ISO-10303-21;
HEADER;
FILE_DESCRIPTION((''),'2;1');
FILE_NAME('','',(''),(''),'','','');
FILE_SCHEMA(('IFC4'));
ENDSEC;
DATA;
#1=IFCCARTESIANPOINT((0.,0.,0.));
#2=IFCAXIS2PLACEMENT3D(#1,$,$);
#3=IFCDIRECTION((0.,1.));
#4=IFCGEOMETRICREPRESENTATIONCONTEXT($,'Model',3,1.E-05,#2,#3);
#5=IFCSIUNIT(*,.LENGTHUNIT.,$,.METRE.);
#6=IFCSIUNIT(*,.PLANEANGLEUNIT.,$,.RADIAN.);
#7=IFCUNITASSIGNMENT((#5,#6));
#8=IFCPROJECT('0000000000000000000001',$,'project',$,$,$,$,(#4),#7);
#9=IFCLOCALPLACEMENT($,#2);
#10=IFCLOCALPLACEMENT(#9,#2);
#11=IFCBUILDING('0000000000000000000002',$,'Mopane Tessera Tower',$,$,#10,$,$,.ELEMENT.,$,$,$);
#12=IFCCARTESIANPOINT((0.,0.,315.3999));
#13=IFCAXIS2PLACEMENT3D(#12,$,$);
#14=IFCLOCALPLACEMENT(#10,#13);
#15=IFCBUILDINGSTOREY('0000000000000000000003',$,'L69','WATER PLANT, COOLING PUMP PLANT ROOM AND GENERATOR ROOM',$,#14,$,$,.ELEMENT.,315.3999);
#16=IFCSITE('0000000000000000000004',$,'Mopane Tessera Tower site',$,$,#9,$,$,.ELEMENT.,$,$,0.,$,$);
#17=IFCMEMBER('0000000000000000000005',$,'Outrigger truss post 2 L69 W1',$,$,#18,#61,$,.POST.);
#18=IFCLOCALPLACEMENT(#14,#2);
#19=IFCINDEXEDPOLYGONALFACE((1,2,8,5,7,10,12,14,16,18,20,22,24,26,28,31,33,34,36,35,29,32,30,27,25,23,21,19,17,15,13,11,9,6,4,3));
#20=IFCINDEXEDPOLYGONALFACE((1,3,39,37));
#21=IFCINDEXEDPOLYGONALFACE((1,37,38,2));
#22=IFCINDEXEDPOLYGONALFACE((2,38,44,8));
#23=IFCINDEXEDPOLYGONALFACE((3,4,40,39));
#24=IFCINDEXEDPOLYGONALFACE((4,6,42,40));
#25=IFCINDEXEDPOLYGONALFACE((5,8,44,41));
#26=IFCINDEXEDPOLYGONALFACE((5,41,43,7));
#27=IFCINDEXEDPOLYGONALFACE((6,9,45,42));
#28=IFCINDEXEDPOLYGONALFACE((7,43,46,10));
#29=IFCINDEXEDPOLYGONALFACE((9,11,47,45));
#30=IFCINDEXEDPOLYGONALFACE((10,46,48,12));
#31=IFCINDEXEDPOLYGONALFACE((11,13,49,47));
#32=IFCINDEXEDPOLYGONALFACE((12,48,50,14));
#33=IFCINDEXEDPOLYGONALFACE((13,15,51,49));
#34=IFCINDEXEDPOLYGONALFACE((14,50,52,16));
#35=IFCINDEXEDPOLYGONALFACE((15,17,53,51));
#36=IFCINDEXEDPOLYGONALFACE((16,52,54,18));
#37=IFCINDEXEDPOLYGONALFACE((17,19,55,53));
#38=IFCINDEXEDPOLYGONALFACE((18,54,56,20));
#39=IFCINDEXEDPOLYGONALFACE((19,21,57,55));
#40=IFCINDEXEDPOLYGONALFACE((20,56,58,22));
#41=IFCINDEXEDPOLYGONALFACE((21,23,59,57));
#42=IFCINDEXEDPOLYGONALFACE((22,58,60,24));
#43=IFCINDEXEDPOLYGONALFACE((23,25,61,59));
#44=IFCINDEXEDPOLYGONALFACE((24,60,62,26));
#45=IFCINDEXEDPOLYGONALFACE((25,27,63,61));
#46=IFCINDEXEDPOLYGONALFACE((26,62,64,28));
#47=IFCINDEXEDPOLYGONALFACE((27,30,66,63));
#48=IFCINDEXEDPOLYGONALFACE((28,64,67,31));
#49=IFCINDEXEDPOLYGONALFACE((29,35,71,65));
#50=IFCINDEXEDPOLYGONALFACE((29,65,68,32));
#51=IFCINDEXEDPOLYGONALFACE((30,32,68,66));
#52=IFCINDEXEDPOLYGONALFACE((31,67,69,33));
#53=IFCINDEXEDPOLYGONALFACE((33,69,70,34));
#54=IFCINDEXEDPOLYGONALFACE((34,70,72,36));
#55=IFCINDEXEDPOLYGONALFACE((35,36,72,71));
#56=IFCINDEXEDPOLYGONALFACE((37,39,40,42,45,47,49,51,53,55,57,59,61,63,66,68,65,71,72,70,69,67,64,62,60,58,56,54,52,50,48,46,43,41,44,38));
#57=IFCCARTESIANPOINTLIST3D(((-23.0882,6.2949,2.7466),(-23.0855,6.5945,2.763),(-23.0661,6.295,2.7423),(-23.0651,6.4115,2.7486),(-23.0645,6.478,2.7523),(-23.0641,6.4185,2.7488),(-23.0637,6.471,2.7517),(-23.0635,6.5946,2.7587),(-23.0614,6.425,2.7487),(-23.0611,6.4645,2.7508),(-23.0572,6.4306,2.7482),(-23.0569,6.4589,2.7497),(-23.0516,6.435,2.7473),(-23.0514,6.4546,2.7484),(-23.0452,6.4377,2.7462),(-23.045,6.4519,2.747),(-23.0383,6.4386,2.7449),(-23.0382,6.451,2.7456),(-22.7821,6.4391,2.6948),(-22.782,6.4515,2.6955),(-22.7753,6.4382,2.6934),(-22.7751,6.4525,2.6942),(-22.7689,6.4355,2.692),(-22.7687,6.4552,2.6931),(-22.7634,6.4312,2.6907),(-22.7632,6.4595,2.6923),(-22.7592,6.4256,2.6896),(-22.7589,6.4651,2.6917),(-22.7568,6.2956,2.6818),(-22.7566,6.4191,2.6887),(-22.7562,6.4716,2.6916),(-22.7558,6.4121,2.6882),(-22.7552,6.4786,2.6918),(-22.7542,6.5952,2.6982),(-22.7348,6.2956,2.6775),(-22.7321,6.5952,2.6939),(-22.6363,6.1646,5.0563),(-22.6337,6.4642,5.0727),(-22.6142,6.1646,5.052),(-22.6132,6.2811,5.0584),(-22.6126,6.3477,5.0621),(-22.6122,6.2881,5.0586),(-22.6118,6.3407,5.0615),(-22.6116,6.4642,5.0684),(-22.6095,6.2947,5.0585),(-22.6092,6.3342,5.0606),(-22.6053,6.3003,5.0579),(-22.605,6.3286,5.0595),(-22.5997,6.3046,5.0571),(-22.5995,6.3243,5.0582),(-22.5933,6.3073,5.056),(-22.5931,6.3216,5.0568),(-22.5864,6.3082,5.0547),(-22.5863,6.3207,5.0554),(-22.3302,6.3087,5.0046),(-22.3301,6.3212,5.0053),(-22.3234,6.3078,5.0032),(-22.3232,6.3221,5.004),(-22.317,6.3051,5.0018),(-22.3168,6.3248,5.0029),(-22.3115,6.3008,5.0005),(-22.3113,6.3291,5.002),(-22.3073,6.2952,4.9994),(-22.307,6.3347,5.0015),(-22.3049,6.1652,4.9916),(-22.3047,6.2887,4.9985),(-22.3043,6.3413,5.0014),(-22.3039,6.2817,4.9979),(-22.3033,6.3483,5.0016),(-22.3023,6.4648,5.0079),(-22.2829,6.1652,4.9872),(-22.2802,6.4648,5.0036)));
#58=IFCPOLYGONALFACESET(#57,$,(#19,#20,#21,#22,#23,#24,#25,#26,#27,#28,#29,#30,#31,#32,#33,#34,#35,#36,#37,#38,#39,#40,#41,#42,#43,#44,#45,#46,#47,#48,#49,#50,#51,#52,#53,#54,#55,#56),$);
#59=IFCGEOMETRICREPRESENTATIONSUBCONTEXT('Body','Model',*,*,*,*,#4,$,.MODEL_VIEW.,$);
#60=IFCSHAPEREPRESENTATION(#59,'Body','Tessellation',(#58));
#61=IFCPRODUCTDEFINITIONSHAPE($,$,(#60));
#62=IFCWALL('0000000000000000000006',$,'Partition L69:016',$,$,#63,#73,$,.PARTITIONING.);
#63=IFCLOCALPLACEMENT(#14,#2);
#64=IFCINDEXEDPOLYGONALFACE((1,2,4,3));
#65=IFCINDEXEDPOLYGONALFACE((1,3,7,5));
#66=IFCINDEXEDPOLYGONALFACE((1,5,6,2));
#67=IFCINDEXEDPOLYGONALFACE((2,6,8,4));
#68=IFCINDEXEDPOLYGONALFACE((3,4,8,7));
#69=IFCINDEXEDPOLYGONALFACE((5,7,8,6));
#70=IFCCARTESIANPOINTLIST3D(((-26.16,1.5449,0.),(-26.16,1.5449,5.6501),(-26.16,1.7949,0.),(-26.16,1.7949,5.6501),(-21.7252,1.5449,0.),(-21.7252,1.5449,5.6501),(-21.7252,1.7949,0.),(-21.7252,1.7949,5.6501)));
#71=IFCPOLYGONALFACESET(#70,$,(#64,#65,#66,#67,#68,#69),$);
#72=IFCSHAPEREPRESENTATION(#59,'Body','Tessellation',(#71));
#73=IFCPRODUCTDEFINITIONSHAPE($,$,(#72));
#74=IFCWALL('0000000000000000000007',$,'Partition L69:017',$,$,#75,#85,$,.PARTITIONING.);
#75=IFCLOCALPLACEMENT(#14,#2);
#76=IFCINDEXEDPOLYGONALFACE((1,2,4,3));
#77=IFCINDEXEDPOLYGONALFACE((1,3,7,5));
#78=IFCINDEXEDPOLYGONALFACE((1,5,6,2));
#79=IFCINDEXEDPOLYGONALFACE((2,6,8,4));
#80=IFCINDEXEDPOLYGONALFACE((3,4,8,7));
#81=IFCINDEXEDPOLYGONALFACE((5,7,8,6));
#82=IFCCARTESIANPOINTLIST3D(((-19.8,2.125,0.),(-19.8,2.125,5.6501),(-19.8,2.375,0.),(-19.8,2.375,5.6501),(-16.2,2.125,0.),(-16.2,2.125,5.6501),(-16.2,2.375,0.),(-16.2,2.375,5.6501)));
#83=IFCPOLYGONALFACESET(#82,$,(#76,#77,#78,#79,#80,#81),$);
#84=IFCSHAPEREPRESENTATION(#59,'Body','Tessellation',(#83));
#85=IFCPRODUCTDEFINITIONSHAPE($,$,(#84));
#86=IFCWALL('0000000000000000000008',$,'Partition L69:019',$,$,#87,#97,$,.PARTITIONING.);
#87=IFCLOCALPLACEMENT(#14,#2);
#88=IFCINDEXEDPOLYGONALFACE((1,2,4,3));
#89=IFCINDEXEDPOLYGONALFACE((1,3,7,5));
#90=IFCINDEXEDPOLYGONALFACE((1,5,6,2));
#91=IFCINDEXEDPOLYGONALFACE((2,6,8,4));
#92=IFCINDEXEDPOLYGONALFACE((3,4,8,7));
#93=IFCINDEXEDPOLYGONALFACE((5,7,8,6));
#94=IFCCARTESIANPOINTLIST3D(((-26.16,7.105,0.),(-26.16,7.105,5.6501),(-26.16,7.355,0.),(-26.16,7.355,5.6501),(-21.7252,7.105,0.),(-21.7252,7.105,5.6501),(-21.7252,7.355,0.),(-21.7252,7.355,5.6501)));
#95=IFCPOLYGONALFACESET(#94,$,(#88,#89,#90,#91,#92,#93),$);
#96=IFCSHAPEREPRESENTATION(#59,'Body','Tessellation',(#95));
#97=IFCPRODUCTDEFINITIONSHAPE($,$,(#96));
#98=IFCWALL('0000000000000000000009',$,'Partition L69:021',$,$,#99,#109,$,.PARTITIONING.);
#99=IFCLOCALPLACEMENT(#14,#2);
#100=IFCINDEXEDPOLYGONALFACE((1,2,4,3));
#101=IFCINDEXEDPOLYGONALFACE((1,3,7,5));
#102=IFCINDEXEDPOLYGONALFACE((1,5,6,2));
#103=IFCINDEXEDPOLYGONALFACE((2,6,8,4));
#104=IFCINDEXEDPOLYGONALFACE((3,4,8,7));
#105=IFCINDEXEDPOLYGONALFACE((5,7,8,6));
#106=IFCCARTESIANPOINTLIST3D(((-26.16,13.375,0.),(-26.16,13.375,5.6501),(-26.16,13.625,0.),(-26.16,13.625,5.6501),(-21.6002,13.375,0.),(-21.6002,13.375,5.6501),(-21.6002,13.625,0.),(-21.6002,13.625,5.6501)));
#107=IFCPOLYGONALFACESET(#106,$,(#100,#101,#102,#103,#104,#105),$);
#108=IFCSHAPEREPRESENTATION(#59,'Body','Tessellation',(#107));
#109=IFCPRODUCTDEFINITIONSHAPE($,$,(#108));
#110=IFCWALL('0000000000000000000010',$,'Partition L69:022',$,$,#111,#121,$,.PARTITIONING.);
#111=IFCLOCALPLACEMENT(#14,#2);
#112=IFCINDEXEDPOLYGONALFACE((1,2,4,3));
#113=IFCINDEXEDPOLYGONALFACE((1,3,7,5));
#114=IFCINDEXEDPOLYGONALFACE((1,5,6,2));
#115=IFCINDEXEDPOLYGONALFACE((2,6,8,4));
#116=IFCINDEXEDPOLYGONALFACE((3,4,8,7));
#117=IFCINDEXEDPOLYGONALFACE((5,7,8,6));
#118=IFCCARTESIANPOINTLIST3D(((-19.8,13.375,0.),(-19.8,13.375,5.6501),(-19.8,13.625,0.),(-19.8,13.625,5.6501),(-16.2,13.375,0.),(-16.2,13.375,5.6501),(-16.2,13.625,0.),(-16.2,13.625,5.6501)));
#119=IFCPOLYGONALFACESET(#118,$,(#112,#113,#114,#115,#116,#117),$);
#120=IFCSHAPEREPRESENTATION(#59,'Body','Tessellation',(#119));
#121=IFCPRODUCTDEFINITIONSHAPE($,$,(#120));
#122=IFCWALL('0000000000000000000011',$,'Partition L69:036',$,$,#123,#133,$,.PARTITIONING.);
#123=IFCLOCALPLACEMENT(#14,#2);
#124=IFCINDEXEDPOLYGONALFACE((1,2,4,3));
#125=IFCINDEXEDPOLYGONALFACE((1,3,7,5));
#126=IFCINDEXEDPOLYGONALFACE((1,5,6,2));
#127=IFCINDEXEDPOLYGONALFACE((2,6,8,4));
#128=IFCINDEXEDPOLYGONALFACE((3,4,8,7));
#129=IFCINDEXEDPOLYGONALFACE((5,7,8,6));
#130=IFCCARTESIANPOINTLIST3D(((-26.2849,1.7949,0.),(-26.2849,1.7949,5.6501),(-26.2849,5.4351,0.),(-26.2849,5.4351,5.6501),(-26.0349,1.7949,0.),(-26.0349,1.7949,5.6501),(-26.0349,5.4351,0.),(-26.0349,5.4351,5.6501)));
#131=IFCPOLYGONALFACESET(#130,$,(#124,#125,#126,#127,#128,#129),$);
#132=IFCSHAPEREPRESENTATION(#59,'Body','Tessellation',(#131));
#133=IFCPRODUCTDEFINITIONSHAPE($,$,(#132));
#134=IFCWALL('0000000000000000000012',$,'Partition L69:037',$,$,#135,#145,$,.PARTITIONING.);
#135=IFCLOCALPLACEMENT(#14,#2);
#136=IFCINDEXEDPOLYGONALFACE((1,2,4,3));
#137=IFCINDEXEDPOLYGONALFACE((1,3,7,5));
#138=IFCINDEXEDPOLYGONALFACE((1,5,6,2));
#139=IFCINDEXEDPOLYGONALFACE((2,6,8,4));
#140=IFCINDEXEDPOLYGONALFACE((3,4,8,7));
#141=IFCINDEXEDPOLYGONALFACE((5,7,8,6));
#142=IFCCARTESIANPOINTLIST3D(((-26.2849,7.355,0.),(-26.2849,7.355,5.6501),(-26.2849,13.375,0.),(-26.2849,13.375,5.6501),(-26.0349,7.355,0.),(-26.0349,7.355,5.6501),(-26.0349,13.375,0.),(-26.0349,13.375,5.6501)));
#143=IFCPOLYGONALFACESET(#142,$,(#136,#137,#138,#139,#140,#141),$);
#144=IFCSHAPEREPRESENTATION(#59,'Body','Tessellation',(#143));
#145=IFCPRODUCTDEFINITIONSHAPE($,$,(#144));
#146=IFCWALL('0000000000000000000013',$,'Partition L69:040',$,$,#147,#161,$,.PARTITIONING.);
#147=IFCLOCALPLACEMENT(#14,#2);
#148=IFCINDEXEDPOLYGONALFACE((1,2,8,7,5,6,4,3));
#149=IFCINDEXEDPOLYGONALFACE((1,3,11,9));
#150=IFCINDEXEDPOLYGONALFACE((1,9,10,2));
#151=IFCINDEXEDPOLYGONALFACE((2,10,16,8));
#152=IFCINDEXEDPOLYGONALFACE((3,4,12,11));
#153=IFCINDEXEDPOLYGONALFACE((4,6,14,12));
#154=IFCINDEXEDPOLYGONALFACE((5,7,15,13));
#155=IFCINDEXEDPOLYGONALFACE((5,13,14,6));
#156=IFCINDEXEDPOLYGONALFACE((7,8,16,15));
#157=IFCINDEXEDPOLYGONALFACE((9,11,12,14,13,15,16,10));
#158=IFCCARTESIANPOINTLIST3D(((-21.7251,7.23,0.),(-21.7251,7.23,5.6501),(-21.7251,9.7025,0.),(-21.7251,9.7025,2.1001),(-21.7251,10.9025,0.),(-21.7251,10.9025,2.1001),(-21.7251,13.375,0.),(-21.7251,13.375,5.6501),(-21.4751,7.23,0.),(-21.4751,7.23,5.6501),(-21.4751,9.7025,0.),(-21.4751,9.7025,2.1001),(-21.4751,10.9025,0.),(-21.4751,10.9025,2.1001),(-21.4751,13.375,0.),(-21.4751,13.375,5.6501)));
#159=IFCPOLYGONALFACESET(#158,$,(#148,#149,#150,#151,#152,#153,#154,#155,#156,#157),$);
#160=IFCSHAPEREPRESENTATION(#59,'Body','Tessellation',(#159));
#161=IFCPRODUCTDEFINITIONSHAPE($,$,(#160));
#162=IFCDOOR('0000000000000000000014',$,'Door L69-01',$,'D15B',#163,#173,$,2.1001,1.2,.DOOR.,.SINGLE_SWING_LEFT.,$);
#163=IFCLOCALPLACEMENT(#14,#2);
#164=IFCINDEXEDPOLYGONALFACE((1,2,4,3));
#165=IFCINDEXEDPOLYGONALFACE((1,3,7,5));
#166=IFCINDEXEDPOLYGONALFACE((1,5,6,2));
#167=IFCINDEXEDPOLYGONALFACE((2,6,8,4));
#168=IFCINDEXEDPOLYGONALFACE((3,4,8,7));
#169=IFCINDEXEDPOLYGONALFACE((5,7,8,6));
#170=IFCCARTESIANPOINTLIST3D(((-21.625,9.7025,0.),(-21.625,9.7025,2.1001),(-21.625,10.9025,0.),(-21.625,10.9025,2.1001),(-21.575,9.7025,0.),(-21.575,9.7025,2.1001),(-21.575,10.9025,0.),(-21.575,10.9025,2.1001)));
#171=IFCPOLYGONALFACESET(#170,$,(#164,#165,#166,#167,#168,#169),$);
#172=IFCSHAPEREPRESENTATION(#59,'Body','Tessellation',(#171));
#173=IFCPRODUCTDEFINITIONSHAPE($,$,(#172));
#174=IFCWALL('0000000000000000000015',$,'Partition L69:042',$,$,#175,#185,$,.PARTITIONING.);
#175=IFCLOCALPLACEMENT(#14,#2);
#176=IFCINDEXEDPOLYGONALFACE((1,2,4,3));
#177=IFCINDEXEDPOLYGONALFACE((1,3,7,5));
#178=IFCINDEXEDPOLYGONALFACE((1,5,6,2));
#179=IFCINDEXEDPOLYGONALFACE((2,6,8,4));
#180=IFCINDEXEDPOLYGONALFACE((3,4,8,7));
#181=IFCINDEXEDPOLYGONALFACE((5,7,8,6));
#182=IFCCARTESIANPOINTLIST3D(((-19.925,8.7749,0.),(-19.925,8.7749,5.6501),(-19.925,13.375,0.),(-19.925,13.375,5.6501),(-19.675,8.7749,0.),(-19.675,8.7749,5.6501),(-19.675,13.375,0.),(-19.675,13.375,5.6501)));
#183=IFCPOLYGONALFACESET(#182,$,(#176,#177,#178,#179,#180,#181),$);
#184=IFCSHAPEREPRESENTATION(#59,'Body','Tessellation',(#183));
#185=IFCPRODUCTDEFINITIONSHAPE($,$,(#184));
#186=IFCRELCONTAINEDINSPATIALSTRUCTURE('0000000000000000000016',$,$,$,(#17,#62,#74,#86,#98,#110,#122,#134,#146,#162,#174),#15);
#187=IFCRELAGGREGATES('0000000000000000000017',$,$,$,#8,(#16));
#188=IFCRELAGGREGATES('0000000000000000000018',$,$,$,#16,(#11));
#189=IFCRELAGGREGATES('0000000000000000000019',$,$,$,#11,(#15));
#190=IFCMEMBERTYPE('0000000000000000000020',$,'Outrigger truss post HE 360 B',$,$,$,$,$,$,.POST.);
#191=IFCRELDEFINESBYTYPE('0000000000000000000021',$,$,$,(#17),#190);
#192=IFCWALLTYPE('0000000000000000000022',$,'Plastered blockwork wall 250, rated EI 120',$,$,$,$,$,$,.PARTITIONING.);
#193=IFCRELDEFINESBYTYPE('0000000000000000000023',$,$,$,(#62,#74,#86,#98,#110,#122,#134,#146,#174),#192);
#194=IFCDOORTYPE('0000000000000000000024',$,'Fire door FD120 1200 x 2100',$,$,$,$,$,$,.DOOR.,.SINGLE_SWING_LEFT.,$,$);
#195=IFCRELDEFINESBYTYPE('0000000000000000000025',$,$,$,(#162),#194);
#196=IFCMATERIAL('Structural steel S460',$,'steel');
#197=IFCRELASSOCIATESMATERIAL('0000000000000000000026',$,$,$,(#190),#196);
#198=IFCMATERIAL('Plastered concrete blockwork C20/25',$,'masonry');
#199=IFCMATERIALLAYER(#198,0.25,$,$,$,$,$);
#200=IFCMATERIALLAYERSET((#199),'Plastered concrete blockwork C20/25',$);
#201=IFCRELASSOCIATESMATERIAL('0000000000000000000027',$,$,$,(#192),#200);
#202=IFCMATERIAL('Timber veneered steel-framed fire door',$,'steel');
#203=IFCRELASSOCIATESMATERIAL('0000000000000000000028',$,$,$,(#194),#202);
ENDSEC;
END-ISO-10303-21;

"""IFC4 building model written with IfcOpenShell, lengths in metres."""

from ifc_helpers import new_model, si_unit, direction, frame, frame_2d, origin, origin_2d, place, context, subcontext, project, spatial, rectangle, i_section, extrude, material, layer, layer_set, material_profile, profile_set, type_object, element, fill, save


model = new_model("IFC4")

# Units and contexts
model_context = context("Model", 3, precision=1e-05, world=origin(), true_north=direction((0.0, 1.0)))
body_context = subcontext(model_context, "Body", "Model", "MODEL_VIEW")
ifc_project = project(units=[si_unit("LENGTHUNIT", "METRE"), si_unit("PLANEANGLEUNIT", "RADIAN")], contexts=[model_context])

# Site, building, storey
site_placement = place(None, origin())
site = spatial("IfcSite", under=ifc_project, at=site_placement, Name="Mopane Tessera Tower site", CompositionType="ELEMENT", RefElevation=0.0)
building_placement = place(site_placement, origin())
building = spatial("IfcBuilding", under=site, at=building_placement, Name="Mopane Tessera Tower", CompositionType="ELEMENT")
storey_placement = place(building_placement, frame((0.0, 0.0, 315.3999)))
storey = spatial("IfcBuildingStorey", under=building, at=storey_placement, Name="L69", Description="WATER PLANT, COOLING PUMP PLANT ROOM AND GENERATOR ROOM", CompositionType="ELEMENT", Elevation=315.3999)

# Member
ifc_material_1 = material(Name="Structural steel S460", Category="steel")
ifc_material_profile_1 = material_profile(ifc_material_1, i_section(OverallWidth=0.3, OverallDepth=0.3601, WebThickness=0.0125, FlangeThickness=0.0225, FilletRadius=0.0271, at=origin_2d()))
ifc_profile_set_1 = profile_set([ifc_material_profile_1], Name="Structural steel S460")
member_type_1 = type_object("IfcMemberType", Name="Outrigger truss post HE 360 B", PredefinedType="POST", material=ifc_profile_set_1)
member_1_placement = place(storey_placement, frame((-22.9102, 6.4451, 2.7202), z_axis=(0.191711, -0.055307, 0.979892), x_axis=(-0.008757, -0.998468, -0.054642)))
element("IfcMember", 1, at=member_1_placement, inside=storey, type_object=member_type_1, Name="Outrigger truss post 2 L69 W1", PredefinedType="POST", context=body_context, shape_type="SweptSolid", body=[
    extrude(i_section(OverallWidth=0.3, OverallDepth=0.3601, WebThickness=0.0125, FlangeThickness=0.0225, FilletRadius=0.0271, at=origin_2d()), origin(), (0.0, 0.0, 1.0), 2.3572),
])

# Walls
ifc_material_2 = material(Name="Plastered concrete blockwork C20/25", Category="masonry")
ifc_layer_1 = layer(ifc_material_2, 0.25)
ifc_layer_set_1 = layer_set([ifc_layer_1], Name="Plastered concrete blockwork C20/25")
wall_type = type_object("IfcWallType", Name="Plastered blockwork wall 250, rated EI 120", PredefinedType="PARTITIONING", material=ifc_layer_set_1)
wall_1_placement = place(storey_placement, frame((-26.1599, 1.6699, 0.0), z_axis=(0.0, 0.0, 1.0), x_axis=(1.0, 0.0, 0.0)))
element("IfcWall", 2, at=wall_1_placement, inside=storey, type_object=wall_type, Name="Partition L69:016", PredefinedType="PARTITIONING", context=body_context, shape_type="SweptSolid", body=[
    extrude(rectangle(XDim=4.4348, YDim=0.25, at=frame_2d((2.2173, 0.0))), origin(), (0.0, 0.0, 1.0), 5.6501),
])
wall_2_placement = place(storey_placement, frame((-19.8, 2.25, 0.0), z_axis=(0.0, 0.0, 1.0), x_axis=(1.0, 0.0, 0.0)))
element("IfcWall", 3, at=wall_2_placement, inside=storey, type_object=wall_type, Name="Partition L69:017", PredefinedType="PARTITIONING", context=body_context, shape_type="SweptSolid", body=[
    extrude(rectangle(XDim=3.6001, YDim=0.25, at=frame_2d((1.8, 0.0))), origin(), (0.0, 0.0, 1.0), 5.6501),
])
wall_3_placement = place(storey_placement, frame((-26.1599, 7.23, 0.0), z_axis=(0.0, 0.0, 1.0), x_axis=(1.0, 0.0, 0.0)))
element("IfcWall", 4, at=wall_3_placement, inside=storey, type_object=wall_type, Name="Partition L69:019", PredefinedType="PARTITIONING", context=body_context, shape_type="SweptSolid", body=[
    extrude(rectangle(XDim=4.4348, YDim=0.25, at=frame_2d((2.2173, 0.0))), origin(), (0.0, 0.0, 1.0), 5.6501),
])
wall_4_placement = place(storey_placement, frame((-26.1599, 13.5, 0.0), z_axis=(0.0, 0.0, 1.0), x_axis=(1.0, 0.0, 0.0)))
element("IfcWall", 5, at=wall_4_placement, inside=storey, type_object=wall_type, Name="Partition L69:021", PredefinedType="PARTITIONING", context=body_context, shape_type="SweptSolid", body=[
    extrude(rectangle(XDim=4.5598, YDim=0.25, at=frame_2d((2.2798, 0.0))), origin(), (0.0, 0.0, 1.0), 5.6501),
])
wall_5_placement = place(storey_placement, frame((-19.8, 13.5, 0.0), z_axis=(0.0, 0.0, 1.0), x_axis=(1.0, 0.0, 0.0)))
element("IfcWall", 6, at=wall_5_placement, inside=storey, type_object=wall_type, Name="Partition L69:022", PredefinedType="PARTITIONING", context=body_context, shape_type="SweptSolid", body=[
    extrude(rectangle(XDim=3.6001, YDim=0.25, at=frame_2d((1.8, 0.0))), origin(), (0.0, 0.0, 1.0), 5.6501),
])
wall_6_placement = place(storey_placement, frame((-26.1599, 1.7949, 0.0), z_axis=(0.0, 0.0, 1.0), x_axis=(0.0, 1.0, 0.0)))
element("IfcWall", 7, at=wall_6_placement, inside=storey, type_object=wall_type, Name="Partition L69:036", PredefinedType="PARTITIONING", context=body_context, shape_type="SweptSolid", body=[
    extrude(rectangle(XDim=3.6401, YDim=0.25, at=frame_2d((1.8201, 0.0))), origin(), (0.0, 0.0, 1.0), 5.6501),
])
wall_7_placement = place(storey_placement, frame((-26.1599, 7.355, 0.0), z_axis=(0.0, 0.0, 1.0), x_axis=(0.0, 1.0, 0.0)))
element("IfcWall", 8, at=wall_7_placement, inside=storey, type_object=wall_type, Name="Partition L69:037", PredefinedType="PARTITIONING", context=body_context, shape_type="SweptSolid", body=[
    extrude(rectangle(XDim=6.02, YDim=0.25, at=frame_2d((3.01, 0.0))), origin(), (0.0, 0.0, 1.0), 5.6501),
])

# Wall, opening, door
wall_8_placement = place(storey_placement, frame((-21.6001, 7.23, 0.0), z_axis=(0.0, 0.0, 1.0), x_axis=(0.0, 1.0, 0.0)))
wall_8 = element("IfcWall", 9, at=wall_8_placement, inside=storey, type_object=wall_type, Name="Partition L69:040", PredefinedType="PARTITIONING", context=body_context, shape_type="SweptSolid", body=[
    extrude(rectangle(XDim=6.145, YDim=0.25, at=frame_2d((3.0725, 0.0))), origin(), (0.0, 0.0, 1.0), 5.6501),
])
opening_1_placement = place(wall_8_placement, frame((2.4724, 0.0, 0.0)))
opening_1 = element("IfcOpeningElement", 10, at=opening_1_placement, cuts=wall_8, PredefinedType="OPENING", context=body_context, shape_type="SweptSolid", body=[
    extrude(rectangle(XDim=1.2, YDim=2.1001, at=frame_2d((0.6001, 1.05))), frame((0.0, 0.137, 0.0), z_axis=(0.0, -1.0, 0.0), x_axis=(1.0, 0.0, 0.0)), (0.0, 0.0, 1.0), 0.2739),
])
ifc_material_3 = material(Name="Timber veneered steel-framed fire door", Category="steel")
door_type_1 = type_object("IfcDoorType", Name="Fire door FD120 1200 x 2100", OperationType="SINGLE_SWING_LEFT", PredefinedType="DOOR", material=ifc_material_3)
door_1_placement = place(opening_1_placement, origin())
door_1 = element("IfcDoor", 11, at=door_1_placement, inside=storey, type_object=door_type_1, Name="Door L69-01", ObjectType="D15B", OperationType="SINGLE_SWING_LEFT", OverallHeight=2.1001, OverallWidth=1.2, PredefinedType="DOOR", context=body_context, shape_type="SweptSolid", body=[
    extrude(rectangle(XDim=1.2, YDim=2.1001, at=frame_2d((0.6001, 1.05))), frame((0.0, 0.0249, 0.0), z_axis=(0.0, -1.0, 0.0), x_axis=(1.0, 0.0, 0.0)), (0.0, 0.0, 1.0), 0.05),
])
fill(opening_1, door_1)

# Wall
wall_9_placement = place(storey_placement, frame((-19.8, 8.7749, 0.0), z_axis=(0.0, 0.0, 1.0), x_axis=(0.0, 1.0, 0.0)))
element("IfcWall", 12, at=wall_9_placement, inside=storey, type_object=wall_type, Name="Partition L69:042", PredefinedType="PARTITIONING", context=body_context, shape_type="SweptSolid", body=[
    extrude(rectangle(XDim=4.6001, YDim=0.25, at=frame_2d((2.3, 0.0))), origin(), (0.0, 0.0, 1.0), 5.6501),
])

save(model, "model.ifc")
